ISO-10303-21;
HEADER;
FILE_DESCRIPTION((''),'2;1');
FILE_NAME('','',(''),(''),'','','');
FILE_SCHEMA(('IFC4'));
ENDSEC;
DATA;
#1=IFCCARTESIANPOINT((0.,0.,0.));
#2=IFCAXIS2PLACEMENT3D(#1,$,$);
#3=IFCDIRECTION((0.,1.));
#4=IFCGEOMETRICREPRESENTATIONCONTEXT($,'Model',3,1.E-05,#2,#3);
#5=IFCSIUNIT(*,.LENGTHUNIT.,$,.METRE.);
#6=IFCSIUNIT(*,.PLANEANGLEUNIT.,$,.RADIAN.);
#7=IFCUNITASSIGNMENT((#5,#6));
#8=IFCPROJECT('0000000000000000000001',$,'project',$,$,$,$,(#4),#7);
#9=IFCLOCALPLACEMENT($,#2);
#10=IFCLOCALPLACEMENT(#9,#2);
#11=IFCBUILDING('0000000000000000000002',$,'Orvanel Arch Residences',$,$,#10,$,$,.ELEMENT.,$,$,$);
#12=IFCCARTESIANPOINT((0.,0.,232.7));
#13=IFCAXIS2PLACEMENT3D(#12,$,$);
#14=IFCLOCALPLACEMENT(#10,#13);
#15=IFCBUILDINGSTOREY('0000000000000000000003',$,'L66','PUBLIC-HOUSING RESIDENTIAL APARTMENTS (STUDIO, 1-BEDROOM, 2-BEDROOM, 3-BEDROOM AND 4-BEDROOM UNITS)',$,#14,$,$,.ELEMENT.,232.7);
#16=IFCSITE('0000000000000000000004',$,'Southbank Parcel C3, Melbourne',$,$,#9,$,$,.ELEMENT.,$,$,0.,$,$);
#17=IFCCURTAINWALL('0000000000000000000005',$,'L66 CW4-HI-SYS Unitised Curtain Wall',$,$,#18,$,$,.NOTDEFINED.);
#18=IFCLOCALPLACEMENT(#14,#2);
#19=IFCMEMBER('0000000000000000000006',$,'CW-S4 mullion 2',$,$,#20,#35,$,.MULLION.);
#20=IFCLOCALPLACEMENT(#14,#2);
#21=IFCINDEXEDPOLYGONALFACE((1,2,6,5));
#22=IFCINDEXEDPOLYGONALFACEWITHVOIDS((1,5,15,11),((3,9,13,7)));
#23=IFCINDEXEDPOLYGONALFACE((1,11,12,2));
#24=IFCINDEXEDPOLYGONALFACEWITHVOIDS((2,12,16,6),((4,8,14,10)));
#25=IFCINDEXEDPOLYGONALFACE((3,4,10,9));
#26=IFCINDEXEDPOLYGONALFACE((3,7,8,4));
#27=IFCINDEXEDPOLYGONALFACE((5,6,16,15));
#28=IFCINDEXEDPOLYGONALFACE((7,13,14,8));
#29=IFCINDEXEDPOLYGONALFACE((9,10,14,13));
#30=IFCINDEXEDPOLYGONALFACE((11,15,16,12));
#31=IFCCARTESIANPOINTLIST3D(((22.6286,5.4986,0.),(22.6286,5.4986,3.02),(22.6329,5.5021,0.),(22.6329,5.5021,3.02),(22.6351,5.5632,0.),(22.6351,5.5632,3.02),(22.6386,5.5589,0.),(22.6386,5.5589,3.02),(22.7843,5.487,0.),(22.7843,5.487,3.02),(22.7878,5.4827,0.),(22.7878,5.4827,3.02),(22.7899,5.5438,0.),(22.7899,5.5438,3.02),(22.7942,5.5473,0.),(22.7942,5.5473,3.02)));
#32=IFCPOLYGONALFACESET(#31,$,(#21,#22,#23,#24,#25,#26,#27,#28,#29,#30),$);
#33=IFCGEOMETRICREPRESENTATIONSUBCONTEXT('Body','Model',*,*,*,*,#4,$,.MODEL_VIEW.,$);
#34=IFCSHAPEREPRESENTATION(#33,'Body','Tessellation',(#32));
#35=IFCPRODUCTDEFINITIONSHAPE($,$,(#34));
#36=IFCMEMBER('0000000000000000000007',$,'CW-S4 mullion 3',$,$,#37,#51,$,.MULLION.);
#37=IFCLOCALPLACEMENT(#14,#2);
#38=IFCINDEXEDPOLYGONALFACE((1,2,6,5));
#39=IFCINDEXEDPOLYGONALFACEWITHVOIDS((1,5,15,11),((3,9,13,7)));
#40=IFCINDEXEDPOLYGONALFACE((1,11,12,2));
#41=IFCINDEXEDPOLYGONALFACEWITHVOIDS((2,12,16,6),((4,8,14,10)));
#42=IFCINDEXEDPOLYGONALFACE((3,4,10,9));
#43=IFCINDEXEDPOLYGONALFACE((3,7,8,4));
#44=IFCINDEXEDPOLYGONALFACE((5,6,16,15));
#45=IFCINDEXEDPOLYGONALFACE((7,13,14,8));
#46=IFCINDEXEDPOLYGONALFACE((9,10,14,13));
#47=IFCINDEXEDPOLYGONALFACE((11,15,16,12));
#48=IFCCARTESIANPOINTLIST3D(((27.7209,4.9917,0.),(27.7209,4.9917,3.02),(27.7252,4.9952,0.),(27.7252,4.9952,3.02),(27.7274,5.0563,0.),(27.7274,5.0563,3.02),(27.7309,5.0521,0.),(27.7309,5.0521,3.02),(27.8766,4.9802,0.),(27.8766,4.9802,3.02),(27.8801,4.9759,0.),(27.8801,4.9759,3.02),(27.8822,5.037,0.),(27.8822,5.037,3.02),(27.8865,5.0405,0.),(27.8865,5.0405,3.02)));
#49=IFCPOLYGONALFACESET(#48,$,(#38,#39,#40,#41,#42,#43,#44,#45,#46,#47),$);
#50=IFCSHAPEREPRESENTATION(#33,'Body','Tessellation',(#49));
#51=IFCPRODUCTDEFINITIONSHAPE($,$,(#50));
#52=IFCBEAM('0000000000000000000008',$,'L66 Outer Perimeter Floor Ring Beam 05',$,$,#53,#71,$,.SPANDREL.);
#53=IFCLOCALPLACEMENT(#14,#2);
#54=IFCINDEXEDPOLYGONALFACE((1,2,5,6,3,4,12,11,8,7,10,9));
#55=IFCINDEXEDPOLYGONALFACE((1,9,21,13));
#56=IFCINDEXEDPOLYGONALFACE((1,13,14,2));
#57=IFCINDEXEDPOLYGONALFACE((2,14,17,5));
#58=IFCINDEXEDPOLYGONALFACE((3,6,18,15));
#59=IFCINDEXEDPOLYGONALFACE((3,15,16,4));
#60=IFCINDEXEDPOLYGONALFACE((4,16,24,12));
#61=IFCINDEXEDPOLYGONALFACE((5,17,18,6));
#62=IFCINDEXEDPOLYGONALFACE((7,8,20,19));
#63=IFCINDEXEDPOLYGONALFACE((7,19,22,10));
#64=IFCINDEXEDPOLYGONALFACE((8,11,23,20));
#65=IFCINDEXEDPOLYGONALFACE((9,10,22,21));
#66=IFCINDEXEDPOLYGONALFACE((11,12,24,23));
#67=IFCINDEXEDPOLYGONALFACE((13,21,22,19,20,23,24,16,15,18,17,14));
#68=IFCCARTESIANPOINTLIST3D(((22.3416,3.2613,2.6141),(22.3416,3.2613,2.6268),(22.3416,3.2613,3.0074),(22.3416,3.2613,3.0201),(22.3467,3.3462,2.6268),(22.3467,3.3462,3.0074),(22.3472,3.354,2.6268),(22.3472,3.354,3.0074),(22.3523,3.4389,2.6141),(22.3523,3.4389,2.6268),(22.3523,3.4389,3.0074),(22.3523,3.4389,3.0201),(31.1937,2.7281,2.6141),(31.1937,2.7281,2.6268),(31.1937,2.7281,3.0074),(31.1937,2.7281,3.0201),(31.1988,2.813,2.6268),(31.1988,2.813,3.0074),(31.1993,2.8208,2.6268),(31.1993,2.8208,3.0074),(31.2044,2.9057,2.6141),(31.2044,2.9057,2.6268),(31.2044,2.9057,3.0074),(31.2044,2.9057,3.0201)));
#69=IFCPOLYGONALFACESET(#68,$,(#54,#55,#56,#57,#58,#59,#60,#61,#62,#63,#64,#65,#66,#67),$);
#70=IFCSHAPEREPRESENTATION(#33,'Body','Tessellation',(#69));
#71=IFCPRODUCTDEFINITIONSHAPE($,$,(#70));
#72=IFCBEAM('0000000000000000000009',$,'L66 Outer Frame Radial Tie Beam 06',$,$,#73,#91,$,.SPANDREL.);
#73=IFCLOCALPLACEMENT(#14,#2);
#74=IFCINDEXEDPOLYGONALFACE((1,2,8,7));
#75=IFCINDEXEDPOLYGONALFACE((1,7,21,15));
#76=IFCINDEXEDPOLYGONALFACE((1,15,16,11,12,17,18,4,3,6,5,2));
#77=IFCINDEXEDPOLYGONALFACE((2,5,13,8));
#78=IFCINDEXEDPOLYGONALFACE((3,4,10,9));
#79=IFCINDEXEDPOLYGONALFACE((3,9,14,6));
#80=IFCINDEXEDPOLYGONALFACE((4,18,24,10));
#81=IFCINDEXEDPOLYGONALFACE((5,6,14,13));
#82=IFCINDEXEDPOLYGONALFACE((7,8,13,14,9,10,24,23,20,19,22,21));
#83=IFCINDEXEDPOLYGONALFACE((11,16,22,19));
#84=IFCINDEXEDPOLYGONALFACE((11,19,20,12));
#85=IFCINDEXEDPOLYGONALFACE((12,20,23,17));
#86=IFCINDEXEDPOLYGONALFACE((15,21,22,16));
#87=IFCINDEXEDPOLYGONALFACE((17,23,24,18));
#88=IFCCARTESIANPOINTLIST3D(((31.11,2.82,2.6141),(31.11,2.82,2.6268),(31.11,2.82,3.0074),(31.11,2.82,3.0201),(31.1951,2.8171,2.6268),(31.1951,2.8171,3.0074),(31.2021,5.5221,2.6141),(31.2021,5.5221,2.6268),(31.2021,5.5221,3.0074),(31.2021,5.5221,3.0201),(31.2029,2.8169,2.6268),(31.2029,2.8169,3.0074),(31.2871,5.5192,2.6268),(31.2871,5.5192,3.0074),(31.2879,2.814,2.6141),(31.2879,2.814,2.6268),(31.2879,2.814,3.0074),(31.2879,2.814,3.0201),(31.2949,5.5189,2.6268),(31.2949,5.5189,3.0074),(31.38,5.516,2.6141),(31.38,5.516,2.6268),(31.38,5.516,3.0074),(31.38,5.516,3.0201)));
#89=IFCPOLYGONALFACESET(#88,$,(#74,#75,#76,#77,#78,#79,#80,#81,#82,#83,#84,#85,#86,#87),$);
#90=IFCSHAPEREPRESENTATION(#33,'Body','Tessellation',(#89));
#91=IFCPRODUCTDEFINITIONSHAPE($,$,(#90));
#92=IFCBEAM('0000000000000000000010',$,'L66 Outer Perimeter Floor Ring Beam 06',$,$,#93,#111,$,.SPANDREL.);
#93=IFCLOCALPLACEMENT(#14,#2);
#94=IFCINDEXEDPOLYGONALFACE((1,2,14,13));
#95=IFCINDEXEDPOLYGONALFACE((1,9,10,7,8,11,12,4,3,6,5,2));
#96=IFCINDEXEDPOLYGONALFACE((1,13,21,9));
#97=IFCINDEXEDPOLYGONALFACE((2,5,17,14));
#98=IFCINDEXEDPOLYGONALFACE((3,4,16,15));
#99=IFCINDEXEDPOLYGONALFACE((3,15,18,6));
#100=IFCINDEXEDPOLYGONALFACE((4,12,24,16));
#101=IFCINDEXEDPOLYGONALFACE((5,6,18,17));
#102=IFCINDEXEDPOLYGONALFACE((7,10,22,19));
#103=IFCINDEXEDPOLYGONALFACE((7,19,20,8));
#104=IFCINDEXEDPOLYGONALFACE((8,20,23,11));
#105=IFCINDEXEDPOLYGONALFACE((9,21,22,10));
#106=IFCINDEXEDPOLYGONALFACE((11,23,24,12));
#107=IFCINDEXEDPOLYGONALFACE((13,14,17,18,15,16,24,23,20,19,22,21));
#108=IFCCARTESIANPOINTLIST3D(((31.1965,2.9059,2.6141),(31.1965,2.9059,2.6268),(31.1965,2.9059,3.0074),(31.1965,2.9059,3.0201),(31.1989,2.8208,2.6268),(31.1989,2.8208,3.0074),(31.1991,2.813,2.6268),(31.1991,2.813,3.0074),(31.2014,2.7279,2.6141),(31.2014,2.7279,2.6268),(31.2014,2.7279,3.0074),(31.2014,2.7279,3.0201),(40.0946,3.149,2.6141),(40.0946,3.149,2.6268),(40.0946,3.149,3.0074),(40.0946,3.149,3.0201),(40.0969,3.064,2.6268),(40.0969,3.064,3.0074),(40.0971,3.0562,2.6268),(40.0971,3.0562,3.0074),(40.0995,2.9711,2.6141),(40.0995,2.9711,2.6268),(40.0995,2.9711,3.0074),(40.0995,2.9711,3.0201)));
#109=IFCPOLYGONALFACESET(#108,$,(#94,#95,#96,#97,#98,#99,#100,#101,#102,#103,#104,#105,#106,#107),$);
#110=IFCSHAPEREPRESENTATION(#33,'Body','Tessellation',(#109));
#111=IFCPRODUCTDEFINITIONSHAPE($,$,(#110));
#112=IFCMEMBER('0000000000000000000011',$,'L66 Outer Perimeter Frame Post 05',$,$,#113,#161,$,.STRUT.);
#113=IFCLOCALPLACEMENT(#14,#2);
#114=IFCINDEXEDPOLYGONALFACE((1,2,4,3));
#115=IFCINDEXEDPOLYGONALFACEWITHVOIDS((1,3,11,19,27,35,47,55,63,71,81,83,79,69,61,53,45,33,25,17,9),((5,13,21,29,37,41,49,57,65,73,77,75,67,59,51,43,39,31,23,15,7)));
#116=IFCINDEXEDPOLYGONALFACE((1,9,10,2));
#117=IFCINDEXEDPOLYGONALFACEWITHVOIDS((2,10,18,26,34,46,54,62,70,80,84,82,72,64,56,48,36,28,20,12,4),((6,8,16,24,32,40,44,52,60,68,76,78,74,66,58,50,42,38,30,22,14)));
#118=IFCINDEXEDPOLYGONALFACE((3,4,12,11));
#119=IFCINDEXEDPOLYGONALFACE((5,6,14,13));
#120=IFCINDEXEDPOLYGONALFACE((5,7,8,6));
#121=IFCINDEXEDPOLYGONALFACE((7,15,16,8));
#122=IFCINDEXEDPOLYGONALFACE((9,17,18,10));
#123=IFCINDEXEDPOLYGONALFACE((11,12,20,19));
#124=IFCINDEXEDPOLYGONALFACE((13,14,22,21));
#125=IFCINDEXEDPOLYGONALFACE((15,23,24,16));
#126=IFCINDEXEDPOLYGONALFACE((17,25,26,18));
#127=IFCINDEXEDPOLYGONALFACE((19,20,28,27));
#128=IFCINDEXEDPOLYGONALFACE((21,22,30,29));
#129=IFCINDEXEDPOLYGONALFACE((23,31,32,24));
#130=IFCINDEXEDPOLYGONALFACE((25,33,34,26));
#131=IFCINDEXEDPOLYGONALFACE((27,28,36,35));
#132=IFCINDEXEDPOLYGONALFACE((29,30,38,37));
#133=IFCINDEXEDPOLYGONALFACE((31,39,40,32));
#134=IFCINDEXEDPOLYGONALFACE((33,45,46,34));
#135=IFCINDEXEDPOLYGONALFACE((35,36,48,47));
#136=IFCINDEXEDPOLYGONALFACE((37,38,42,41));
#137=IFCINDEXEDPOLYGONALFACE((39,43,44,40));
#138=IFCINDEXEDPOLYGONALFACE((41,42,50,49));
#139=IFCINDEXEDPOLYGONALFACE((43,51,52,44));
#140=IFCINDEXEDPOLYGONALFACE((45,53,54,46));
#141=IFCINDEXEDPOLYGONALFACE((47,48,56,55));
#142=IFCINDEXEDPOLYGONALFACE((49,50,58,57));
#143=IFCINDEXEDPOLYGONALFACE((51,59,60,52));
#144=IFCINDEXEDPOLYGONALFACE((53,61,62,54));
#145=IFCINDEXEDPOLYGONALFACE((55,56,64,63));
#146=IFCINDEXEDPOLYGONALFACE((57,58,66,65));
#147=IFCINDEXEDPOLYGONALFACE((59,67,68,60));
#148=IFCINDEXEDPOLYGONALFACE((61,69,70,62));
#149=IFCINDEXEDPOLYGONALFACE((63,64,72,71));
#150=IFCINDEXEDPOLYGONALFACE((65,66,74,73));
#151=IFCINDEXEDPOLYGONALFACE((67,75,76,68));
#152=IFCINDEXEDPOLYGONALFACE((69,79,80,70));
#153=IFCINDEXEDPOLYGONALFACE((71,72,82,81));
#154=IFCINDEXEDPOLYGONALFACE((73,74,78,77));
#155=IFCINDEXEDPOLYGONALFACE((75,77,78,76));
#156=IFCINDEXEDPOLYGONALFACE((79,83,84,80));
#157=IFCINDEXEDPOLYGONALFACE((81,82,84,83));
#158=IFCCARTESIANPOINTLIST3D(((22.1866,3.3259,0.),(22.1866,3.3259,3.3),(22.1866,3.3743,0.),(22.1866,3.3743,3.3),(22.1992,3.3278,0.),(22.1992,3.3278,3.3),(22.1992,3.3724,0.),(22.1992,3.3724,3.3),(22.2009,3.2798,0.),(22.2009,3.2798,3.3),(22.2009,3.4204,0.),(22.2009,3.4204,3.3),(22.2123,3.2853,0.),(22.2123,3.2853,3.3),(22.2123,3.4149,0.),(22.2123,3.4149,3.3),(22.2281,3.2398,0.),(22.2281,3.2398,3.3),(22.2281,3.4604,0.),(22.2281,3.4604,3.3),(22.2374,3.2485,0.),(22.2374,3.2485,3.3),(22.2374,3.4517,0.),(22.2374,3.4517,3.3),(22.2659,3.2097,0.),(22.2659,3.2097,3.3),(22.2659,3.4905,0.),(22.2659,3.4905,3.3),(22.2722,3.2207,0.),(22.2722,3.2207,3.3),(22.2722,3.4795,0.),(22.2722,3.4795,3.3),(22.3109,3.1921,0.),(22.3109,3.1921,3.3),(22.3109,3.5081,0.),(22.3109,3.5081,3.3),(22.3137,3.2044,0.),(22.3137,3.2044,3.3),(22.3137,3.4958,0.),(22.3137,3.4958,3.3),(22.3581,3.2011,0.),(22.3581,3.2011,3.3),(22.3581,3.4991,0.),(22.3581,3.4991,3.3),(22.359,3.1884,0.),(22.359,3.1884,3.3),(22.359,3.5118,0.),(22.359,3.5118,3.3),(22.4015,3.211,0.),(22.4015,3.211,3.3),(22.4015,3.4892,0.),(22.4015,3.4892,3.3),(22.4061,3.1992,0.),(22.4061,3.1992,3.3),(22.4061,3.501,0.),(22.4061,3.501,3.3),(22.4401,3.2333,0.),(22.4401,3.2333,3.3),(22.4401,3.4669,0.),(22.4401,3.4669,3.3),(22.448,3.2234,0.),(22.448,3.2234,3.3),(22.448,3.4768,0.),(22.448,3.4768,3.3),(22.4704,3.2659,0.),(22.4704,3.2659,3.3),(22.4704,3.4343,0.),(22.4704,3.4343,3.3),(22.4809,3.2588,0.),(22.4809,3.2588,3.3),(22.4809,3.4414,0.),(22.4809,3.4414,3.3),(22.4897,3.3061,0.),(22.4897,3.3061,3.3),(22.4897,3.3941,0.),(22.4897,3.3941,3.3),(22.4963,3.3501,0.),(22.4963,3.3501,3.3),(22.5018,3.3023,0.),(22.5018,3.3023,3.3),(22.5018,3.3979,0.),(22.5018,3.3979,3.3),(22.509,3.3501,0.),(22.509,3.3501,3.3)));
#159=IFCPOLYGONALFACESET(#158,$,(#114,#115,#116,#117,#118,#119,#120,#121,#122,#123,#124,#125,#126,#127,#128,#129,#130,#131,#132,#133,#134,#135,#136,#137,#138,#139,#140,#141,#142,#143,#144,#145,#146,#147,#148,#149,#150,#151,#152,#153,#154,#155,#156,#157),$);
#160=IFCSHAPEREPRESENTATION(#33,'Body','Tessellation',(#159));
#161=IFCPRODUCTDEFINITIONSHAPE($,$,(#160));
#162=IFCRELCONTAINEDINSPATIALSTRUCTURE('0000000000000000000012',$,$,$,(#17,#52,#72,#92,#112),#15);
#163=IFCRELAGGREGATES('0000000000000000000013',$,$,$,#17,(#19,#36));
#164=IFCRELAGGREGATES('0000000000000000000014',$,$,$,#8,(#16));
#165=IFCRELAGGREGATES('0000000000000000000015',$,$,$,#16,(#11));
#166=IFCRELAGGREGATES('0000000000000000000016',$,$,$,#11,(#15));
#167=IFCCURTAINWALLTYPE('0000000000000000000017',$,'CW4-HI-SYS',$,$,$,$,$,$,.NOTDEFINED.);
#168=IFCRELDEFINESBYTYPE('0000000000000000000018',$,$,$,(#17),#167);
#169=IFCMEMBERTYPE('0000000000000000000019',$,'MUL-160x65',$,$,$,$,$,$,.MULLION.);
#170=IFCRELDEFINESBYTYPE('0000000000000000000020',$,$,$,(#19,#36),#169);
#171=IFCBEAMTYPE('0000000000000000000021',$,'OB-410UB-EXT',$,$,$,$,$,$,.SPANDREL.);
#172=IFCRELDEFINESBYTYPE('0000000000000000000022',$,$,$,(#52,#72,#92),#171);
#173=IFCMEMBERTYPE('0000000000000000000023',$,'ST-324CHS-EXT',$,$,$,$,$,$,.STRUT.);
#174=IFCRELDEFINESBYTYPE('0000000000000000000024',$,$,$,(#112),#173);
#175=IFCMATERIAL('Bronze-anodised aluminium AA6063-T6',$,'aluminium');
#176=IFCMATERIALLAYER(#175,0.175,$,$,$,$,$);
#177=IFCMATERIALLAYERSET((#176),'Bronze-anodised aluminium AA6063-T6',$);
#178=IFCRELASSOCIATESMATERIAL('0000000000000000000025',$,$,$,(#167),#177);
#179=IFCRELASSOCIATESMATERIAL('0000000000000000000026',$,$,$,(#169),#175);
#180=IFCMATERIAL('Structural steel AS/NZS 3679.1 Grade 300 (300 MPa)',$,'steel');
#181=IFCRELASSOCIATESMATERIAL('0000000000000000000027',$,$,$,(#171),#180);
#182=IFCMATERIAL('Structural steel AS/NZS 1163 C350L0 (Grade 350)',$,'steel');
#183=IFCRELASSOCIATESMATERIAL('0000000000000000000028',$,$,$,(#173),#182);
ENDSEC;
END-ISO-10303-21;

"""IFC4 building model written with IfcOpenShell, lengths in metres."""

from ifc_helpers import new_model, si_unit, direction, frame, origin, origin_2d, place, context, subcontext, project, spatial, hollow_rectangle, hollow_circle, i_section, extrude, material, layer, layer_set, material_profile, profile_set, type_object, element, aggregate, save


model = new_model("IFC4")

# Units and contexts
model_context = context("Model", 3, precision=1e-05, world=origin(), true_north=direction((0.0, 1.0)))
body_context = subcontext(model_context, "Body", "Model", "MODEL_VIEW")
ifc_project = project(units=[si_unit("LENGTHUNIT", "METRE"), si_unit("PLANEANGLEUNIT", "RADIAN")], contexts=[model_context])

# Site, building, storey
site_placement = place(None, origin())
site = spatial("IfcSite", under=ifc_project, at=site_placement, Name="Southbank Parcel C3, Melbourne", CompositionType="ELEMENT", RefElevation=0.0)
building_placement = place(site_placement, origin())
building = spatial("IfcBuilding", under=site, at=building_placement, Name="Orvanel Arch Residences", CompositionType="ELEMENT")
storey_placement = place(building_placement, frame((0.0, 0.0, 232.7)))
storey = spatial("IfcBuildingStorey", under=building, at=storey_placement, Name="L66", Description="PUBLIC-HOUSING RESIDENTIAL APARTMENTS (STUDIO, 1-BEDROOM, 2-BEDROOM, 3-BEDROOM AND 4-BEDROOM UNITS)", CompositionType="ELEMENT", Elevation=232.7)

# Curtain wall, members
ifc_material_1 = material(Name="Bronze-anodised aluminium AA6063-T6", Category="aluminium")
ifc_layer_1 = layer(ifc_material_1, 0.175)
ifc_layer_set_1 = layer_set([ifc_layer_1], Name="Bronze-anodised aluminium AA6063-T6")
curtain_wall_type = type_object("IfcCurtainWallType", Name="CW4-HI-SYS", PredefinedType="NOTDEFINED", material=ifc_layer_set_1)
curtain_wall_placement = place(storey_placement, origin())
curtain_wall = element("IfcCurtainWall", 1, at=curtain_wall_placement, inside=storey, type_object=curtain_wall_type, Name="L66 CW4-HI-SYS Unitised Curtain Wall", PredefinedType="NOTDEFINED")
ifc_material_profile_1 = material_profile(ifc_material_1, hollow_rectangle(XDim=0.0649, YDim=0.1599, WallThickness=0.0039, at=origin_2d()), Name="ALU160x65x4")
ifc_profile_set_1 = profile_set([ifc_material_profile_1], Name="Bronze-anodised aluminium AA6063-T6")
member_type_1 = type_object("IfcMemberType", Name="MUL-160x65", PredefinedType="MULLION", material=ifc_profile_set_1)
member_1_placement = place(storey_placement, frame((22.7114, 5.5229, 0.0), z_axis=(0.0, 0.0, 1.0), x_axis=(0.099033, 0.995084, 0.0)))
member_1 = element("IfcMember", 2, at=member_1_placement, type_object=member_type_1, Name="CW-S4 mullion 2", PredefinedType="MULLION", context=body_context, shape_type="SweptSolid", body=[
    extrude(hollow_rectangle(XDim=0.0649, YDim=0.1599, WallThickness=0.0039, at=origin_2d()), origin(), (0.0, 0.0, 1.0), 3.02),
])
member_2_placement = place(storey_placement, frame((27.8037, 5.0161, 0.0), z_axis=(0.0, 0.0, 1.0), x_axis=(0.099033, 0.995084, 0.0)))
member_2 = element("IfcMember", 3, at=member_2_placement, type_object=member_type_1, Name="CW-S4 mullion 3", PredefinedType="MULLION", context=body_context, shape_type="SweptSolid", body=[
    extrude(hollow_rectangle(XDim=0.0649, YDim=0.1599, WallThickness=0.0039, at=origin_2d()), origin(), (0.0, 0.0, 1.0), 3.02),
])

# Beams
ifc_material_2 = material(Name="Structural steel AS/NZS 3679.1 Grade 300 (300 MPa)", Category="steel")
ifc_material_profile_2 = material_profile(ifc_material_2, i_section(OverallWidth=0.178, OverallDepth=0.406, WebThickness=0.0078, FlangeThickness=0.0127, at=origin_2d()), Name="410UB59.7")
ifc_profile_set_2 = profile_set([ifc_material_profile_2], Name="Structural steel AS/NZS 3679.1 Grade 300 (300 MPa)")
beam_type = type_object("IfcBeamType", Name="OB-410UB-EXT", PredefinedType="SPANDREL", material=ifc_profile_set_2)
beam_1_placement = place(storey_placement, frame((22.3469, 3.3501, 2.8171), z_axis=(0.998191, -0.060126, 0.0), x_axis=(0.060126, 0.998191, 0.0)))
element("IfcBeam", 4, at=beam_1_placement, inside=storey, type_object=beam_type, Name="L66 Outer Perimeter Floor Ring Beam 05", PredefinedType="SPANDREL", context=body_context, shape_type="SweptSolid", body=[
    extrude(i_section(OverallWidth=0.178, OverallDepth=0.406, WebThickness=0.0078, FlangeThickness=0.0127, at=origin_2d()), origin(), (0.0, 0.0, 1.0), 8.8682),
])
beam_2_placement = place(storey_placement, frame((31.291, 5.519, 2.8171), z_axis=(-0.034042, -0.99942, 0.0), x_axis=(0.99942, -0.034042, 0.0)))
element("IfcBeam", 5, at=beam_2_placement, inside=storey, type_object=beam_type, Name="L66 Outer Frame Radial Tie Beam 06", PredefinedType="SPANDREL", context=body_context, shape_type="SweptSolid", body=[
    extrude(i_section(OverallWidth=0.178, OverallDepth=0.406, WebThickness=0.0078, FlangeThickness=0.0127, at=origin_2d()), origin(), (0.0, 0.0, 1.0), 2.7036),
])
beam_3_placement = place(storey_placement, frame((31.199, 2.8169, 2.8171), z_axis=(0.999627, 0.027318, 0.0), x_axis=(-0.027318, 0.999627, 0.0)))
element("IfcBeam", 6, at=beam_3_placement, inside=storey, type_object=beam_type, Name="L66 Outer Perimeter Floor Ring Beam 06", PredefinedType="SPANDREL", context=body_context, shape_type="SweptSolid", body=[
    extrude(i_section(OverallWidth=0.178, OverallDepth=0.406, WebThickness=0.0078, FlangeThickness=0.0127, at=origin_2d()), origin(), (0.0, 0.0, 1.0), 8.9014),
])

# Member
ifc_material_3 = material(Name="Structural steel AS/NZS 1163 C350L0 (Grade 350)", Category="steel")
ifc_material_profile_3 = material_profile(ifc_material_3, hollow_circle(Radius=0.1621, WallThickness=0.0127, at=origin_2d()), Name="CHS324x12.7")
ifc_profile_set_3 = profile_set([ifc_material_profile_3], Name="Structural steel AS/NZS 1163 C350L0 (Grade 350)")
member_type_2 = type_object("IfcMemberType", Name="ST-324CHS-EXT", PredefinedType="STRUT", material=ifc_profile_set_3)
for number, where, z_axis, x_axis, name in (
    (7, (22.3469, 3.3501, 0.0), (0.0, 0.0, 1.0), (1.0, 0.0, 0.0), "L66 Outer Perimeter Frame Post 05"),
):
    element("IfcMember", number, at=place(storey_placement, frame(where, z_axis=z_axis, x_axis=x_axis)), inside=storey, type_object=member_type_2, Name=name, PredefinedType="STRUT", context=body_context, shape_type="SweptSolid", body=[
        extrude(hollow_circle(Radius=0.1621, WallThickness=0.0127, at=origin_2d()), origin(), (0.0, 0.0, 1.0), 3.3),
    ])

aggregate(curtain_wall, [member_1, member_2])

save(model, "model.ifc")
